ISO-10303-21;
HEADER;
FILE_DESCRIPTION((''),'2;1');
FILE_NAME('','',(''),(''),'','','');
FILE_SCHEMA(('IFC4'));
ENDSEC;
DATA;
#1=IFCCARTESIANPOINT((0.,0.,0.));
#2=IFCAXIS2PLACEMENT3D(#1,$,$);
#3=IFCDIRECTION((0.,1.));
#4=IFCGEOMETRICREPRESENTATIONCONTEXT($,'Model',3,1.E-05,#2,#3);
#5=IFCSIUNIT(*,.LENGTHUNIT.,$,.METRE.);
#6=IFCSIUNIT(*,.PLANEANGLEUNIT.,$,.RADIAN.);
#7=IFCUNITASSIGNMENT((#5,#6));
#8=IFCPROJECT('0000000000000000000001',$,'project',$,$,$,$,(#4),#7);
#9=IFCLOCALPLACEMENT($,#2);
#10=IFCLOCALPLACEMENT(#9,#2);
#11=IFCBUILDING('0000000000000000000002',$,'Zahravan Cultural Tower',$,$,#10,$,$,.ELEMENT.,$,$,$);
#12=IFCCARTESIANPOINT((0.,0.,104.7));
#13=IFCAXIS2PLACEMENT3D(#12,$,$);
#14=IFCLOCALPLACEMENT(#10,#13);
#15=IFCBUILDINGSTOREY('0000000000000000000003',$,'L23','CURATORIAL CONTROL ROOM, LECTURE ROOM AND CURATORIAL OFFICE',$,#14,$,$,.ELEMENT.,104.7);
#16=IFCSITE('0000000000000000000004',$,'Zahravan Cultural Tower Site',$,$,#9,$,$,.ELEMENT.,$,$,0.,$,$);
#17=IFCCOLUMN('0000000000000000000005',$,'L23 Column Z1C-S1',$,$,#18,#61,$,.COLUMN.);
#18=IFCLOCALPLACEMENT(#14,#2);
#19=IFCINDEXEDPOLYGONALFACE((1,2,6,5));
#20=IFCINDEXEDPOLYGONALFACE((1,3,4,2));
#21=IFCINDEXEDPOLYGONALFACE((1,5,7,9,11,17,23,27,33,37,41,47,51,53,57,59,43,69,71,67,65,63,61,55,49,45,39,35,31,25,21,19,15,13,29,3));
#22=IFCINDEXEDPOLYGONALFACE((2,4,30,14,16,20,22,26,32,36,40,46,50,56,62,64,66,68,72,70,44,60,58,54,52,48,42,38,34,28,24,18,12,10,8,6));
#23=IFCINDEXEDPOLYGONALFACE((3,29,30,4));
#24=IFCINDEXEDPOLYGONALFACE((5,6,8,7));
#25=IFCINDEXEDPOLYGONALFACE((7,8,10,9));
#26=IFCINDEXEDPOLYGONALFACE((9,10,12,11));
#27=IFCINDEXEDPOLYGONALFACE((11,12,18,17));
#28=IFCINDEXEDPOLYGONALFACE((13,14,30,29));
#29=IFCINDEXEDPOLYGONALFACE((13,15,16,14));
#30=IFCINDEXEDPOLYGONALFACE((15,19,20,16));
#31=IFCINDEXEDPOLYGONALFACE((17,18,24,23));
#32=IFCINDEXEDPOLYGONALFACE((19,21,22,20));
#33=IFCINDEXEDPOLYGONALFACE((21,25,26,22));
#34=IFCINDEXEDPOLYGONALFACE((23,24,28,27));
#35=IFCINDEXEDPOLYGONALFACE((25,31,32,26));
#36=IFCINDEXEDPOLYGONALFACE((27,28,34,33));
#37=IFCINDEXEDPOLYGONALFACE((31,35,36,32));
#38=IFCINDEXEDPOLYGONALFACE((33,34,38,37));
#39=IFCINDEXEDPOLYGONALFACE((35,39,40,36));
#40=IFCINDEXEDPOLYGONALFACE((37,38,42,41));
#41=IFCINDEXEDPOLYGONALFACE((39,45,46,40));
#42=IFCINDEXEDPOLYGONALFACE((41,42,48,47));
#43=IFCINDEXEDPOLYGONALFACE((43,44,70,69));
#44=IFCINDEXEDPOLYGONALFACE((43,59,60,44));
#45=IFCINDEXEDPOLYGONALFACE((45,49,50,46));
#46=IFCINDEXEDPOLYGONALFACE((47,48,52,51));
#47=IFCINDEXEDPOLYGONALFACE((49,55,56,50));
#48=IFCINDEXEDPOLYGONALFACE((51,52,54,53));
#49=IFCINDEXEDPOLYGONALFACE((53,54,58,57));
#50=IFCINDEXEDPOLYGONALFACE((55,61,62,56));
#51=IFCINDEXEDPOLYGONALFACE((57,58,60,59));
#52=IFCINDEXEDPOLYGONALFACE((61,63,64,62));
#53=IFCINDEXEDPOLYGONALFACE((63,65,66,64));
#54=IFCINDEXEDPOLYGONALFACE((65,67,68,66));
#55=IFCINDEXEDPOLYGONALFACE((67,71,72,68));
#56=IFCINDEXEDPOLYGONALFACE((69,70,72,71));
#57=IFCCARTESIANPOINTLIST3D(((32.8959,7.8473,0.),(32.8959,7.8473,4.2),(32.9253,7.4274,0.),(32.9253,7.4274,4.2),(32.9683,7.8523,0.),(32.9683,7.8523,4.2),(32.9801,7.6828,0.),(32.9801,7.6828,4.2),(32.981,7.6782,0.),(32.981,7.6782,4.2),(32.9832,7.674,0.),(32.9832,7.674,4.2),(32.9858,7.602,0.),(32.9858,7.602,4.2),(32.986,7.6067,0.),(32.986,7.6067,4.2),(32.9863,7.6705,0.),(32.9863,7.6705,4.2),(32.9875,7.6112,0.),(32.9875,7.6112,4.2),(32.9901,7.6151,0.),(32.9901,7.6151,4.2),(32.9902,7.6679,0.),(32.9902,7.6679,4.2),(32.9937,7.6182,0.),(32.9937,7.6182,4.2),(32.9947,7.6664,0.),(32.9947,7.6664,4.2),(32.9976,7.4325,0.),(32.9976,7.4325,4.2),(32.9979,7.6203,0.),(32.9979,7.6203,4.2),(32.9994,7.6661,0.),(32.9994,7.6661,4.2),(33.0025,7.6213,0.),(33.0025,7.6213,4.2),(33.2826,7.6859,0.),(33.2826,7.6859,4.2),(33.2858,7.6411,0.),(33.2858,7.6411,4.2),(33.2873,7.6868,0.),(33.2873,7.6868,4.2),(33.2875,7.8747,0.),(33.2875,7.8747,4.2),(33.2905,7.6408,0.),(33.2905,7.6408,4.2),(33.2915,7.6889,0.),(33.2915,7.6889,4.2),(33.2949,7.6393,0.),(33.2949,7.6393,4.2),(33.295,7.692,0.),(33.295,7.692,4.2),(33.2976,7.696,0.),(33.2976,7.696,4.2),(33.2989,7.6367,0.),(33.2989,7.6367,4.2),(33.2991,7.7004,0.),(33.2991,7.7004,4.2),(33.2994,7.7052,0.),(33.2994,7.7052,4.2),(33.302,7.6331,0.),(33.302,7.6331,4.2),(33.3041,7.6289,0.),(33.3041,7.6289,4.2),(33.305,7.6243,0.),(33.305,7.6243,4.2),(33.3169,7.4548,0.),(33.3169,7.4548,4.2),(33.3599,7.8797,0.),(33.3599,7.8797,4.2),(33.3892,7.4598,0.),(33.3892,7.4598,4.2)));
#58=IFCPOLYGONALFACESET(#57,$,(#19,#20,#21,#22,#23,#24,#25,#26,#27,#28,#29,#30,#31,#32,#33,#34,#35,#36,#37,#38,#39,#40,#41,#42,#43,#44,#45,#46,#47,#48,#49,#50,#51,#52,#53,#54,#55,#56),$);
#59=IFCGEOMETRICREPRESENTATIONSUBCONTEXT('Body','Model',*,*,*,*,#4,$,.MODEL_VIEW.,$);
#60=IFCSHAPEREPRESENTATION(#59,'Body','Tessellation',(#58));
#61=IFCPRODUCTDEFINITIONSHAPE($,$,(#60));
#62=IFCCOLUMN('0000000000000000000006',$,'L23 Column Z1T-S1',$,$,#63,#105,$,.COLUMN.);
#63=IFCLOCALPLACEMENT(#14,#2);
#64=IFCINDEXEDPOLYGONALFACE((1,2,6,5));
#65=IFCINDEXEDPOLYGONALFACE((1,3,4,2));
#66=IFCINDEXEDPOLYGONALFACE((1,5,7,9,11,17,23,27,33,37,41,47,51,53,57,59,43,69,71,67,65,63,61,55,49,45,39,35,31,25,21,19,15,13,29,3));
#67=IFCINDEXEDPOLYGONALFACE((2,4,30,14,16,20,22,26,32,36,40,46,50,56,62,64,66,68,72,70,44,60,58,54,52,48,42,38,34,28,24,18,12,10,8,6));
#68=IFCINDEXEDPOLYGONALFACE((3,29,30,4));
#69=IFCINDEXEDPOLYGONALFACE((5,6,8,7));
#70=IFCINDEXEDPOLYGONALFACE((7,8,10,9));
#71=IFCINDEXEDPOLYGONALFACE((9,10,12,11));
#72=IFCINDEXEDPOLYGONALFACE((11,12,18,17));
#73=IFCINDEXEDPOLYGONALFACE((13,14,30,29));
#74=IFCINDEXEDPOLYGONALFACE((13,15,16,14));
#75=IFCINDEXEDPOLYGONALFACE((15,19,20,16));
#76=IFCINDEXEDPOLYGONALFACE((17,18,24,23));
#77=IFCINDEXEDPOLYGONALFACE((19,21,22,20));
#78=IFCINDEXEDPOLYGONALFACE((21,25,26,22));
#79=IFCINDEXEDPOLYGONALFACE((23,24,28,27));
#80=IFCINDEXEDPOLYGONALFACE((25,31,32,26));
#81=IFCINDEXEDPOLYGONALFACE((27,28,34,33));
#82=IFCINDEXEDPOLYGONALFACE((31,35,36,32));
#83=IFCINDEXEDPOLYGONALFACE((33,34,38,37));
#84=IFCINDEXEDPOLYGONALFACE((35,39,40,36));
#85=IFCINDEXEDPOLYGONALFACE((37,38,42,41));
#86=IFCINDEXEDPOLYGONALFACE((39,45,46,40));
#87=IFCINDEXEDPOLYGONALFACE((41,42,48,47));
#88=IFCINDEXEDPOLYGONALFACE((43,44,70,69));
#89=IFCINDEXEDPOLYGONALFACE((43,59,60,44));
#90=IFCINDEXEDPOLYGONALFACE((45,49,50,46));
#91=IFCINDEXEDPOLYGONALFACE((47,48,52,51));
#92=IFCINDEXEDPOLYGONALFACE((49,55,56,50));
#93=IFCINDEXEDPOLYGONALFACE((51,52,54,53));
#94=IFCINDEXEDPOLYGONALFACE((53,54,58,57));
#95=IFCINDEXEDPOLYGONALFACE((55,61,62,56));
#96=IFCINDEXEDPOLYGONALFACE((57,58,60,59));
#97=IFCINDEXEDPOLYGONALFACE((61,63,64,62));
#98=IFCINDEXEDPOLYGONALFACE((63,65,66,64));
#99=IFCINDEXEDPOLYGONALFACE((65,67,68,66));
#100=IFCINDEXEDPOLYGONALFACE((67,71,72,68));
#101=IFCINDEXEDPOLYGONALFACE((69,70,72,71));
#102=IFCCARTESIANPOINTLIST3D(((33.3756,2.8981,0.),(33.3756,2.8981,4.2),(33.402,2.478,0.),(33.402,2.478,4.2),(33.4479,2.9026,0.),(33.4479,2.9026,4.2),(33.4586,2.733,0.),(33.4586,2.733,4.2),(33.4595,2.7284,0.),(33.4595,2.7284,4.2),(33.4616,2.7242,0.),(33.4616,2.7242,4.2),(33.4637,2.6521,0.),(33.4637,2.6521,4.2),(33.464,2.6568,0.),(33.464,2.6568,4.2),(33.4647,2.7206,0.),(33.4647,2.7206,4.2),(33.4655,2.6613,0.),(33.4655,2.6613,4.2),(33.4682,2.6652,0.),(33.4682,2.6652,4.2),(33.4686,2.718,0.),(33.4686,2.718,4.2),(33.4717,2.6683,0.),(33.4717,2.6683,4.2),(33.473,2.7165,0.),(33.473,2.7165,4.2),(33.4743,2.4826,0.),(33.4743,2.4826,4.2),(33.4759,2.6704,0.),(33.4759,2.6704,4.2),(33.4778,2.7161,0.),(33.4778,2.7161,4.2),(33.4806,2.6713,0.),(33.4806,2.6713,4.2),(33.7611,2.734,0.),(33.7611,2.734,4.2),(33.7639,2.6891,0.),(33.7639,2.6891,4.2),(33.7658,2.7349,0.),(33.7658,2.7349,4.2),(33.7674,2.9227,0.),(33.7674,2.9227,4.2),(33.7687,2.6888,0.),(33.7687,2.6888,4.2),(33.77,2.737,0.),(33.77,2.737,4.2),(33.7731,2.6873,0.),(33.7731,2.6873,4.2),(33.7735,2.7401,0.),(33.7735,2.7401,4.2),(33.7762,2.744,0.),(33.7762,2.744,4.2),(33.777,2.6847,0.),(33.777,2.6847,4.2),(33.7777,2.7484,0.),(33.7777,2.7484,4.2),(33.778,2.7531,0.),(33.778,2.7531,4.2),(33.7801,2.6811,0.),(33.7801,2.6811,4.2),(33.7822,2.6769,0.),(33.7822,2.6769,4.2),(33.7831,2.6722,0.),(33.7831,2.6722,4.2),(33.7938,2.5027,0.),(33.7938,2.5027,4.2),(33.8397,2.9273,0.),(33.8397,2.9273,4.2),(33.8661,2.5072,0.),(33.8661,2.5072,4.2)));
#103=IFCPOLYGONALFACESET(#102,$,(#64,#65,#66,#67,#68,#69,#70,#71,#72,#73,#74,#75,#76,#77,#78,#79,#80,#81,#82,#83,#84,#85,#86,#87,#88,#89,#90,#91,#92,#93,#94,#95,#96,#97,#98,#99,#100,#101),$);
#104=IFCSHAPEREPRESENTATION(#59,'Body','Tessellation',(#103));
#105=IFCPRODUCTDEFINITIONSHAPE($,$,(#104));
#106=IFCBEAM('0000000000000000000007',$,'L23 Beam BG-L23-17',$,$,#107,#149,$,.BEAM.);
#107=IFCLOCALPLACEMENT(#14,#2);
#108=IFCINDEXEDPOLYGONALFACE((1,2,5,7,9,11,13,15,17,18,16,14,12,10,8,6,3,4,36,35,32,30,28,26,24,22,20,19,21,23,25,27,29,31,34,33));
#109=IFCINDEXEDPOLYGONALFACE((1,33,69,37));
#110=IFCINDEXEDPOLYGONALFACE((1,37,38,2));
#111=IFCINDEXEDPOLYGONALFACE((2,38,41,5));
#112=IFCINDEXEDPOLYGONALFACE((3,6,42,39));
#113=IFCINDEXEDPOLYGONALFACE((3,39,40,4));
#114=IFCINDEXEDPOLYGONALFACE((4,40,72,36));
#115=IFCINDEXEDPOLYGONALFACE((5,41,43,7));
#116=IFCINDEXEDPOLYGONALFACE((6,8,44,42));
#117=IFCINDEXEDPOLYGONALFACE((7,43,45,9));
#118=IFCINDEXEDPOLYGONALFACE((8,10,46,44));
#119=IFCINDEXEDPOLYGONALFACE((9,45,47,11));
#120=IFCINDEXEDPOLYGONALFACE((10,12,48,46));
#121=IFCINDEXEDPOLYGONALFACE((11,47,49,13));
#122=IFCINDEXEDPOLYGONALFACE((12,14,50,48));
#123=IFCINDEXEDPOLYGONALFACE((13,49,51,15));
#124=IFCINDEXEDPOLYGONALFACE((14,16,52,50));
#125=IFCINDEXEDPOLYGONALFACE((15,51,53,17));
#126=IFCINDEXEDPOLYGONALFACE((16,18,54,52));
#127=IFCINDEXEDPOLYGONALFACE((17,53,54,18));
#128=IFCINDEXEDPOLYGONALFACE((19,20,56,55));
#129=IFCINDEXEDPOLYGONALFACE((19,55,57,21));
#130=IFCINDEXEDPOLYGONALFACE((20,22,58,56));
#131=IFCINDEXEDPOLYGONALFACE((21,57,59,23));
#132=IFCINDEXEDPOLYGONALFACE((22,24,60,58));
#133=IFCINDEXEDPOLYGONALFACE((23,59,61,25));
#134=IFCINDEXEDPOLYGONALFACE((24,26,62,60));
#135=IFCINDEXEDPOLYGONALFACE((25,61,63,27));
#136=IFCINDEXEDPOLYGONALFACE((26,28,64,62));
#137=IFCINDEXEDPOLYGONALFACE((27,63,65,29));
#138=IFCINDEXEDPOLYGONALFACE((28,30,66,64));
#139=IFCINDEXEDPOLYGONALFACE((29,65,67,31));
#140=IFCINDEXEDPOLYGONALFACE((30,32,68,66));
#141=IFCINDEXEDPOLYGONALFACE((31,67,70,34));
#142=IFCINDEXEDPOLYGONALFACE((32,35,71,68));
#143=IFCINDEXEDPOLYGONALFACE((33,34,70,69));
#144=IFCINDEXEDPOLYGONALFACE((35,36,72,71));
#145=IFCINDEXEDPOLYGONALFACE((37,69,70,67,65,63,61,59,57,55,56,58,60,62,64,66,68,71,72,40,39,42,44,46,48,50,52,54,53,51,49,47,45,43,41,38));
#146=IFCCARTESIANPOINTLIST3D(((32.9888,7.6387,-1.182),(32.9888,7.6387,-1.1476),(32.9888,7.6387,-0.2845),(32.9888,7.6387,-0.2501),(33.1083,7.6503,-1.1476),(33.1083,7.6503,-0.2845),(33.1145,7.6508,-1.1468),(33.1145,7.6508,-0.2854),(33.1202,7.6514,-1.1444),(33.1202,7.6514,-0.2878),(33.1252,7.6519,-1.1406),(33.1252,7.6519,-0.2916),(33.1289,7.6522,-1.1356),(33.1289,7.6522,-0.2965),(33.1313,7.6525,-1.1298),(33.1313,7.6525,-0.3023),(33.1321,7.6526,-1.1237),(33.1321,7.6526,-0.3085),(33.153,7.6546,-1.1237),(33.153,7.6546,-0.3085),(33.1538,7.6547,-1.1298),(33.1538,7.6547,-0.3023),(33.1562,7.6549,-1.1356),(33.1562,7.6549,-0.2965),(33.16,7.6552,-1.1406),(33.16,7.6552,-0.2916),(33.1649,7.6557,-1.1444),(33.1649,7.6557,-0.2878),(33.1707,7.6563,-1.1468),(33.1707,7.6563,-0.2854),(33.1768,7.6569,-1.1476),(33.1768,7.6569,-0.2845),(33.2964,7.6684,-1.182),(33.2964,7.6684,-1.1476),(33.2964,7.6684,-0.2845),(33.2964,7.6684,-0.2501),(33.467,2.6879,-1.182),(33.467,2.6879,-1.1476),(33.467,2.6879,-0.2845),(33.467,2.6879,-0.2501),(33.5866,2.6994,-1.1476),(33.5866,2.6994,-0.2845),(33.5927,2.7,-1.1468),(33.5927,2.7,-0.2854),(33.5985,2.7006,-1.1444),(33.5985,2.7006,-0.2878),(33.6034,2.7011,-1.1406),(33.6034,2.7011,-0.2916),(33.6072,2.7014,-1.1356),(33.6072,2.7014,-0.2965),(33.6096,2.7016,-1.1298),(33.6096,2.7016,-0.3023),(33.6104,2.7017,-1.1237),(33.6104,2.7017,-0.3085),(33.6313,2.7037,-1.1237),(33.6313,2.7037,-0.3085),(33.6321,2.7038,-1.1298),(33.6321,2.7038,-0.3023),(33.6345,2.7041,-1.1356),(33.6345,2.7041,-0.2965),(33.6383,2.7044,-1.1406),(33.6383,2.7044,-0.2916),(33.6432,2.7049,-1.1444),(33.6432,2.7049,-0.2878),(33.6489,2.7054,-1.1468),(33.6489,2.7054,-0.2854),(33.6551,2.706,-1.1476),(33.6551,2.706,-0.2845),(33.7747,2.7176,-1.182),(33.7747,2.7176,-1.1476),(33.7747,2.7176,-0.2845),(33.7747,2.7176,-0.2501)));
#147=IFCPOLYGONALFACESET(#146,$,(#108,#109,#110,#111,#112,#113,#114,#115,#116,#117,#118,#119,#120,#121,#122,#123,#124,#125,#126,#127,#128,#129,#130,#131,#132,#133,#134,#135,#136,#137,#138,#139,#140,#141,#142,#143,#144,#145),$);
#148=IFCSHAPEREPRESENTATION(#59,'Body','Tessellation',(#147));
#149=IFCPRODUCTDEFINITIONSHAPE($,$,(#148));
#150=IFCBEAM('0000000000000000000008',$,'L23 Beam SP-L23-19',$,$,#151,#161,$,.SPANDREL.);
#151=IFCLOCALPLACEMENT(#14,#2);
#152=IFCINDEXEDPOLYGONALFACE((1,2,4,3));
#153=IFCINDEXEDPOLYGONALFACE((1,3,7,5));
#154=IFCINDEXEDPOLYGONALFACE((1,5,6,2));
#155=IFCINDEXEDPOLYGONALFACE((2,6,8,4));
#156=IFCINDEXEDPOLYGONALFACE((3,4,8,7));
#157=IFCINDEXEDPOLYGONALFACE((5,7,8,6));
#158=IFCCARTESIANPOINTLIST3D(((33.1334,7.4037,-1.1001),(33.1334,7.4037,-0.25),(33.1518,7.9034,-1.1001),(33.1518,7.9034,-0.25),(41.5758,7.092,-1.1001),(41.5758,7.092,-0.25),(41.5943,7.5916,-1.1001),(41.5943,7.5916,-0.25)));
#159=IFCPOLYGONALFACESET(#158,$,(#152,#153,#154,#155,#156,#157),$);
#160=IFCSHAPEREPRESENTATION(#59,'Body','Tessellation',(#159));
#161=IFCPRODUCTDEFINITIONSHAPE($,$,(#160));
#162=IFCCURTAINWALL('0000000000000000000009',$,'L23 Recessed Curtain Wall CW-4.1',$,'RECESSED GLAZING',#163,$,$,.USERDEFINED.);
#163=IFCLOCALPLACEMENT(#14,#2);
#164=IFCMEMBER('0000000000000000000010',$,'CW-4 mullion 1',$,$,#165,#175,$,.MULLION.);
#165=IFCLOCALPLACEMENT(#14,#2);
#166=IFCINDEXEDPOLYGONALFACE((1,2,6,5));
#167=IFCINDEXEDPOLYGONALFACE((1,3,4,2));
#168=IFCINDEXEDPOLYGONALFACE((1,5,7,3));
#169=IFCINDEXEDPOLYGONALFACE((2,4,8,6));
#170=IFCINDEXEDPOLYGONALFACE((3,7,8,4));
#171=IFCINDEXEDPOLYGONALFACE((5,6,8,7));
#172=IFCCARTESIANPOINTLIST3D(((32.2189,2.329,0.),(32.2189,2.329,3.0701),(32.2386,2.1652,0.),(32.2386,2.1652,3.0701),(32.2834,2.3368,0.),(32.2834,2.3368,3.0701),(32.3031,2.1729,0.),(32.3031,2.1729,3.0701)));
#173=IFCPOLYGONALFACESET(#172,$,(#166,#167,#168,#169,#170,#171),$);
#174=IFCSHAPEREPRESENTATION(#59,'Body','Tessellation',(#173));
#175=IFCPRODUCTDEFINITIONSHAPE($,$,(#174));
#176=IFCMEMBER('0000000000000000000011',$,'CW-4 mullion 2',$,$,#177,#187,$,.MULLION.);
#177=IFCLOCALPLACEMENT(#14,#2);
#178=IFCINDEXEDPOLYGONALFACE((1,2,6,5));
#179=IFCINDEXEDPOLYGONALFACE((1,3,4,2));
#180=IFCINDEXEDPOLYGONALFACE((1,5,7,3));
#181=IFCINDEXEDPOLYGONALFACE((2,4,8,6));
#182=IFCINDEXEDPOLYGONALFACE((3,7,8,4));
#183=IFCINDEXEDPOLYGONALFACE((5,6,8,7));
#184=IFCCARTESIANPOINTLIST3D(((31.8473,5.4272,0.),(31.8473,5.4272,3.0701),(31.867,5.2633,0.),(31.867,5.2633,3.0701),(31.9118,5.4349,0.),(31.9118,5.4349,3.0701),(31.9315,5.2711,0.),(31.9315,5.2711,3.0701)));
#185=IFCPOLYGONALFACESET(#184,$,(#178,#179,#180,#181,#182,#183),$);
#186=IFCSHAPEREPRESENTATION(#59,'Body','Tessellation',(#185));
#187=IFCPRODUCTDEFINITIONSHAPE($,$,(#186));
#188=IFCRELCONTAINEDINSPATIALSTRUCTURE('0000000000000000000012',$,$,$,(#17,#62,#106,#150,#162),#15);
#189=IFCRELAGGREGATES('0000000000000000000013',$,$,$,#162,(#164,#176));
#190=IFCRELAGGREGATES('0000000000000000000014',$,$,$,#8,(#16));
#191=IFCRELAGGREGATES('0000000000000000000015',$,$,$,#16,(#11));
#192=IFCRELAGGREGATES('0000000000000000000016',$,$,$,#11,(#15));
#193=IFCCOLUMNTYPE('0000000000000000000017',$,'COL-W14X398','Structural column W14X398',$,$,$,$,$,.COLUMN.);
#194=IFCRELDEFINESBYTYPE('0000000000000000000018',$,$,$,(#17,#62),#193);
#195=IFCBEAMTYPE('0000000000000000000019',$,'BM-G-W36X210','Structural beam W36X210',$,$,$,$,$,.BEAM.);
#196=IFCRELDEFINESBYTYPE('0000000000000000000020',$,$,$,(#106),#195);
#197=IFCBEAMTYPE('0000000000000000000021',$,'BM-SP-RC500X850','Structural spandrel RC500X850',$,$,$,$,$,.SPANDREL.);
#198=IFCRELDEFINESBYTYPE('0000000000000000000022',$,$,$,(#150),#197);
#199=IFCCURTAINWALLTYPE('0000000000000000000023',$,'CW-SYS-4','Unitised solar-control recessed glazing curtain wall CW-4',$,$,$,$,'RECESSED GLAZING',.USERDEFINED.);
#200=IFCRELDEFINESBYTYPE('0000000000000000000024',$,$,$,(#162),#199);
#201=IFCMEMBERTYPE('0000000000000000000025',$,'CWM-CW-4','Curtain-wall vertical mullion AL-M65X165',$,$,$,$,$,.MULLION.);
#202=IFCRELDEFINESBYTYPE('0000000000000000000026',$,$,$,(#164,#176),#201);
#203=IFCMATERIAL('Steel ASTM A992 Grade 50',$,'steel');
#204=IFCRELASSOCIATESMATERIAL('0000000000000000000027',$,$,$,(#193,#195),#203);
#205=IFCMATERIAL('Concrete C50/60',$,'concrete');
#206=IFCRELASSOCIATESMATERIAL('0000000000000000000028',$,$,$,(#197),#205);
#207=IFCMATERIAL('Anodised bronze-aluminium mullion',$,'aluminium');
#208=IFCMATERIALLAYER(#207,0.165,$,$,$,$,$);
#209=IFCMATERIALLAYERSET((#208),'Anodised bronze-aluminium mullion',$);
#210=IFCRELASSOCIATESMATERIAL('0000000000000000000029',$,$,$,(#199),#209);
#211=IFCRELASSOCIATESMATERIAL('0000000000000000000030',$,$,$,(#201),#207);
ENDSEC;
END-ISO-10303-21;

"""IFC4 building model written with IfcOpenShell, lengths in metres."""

from ifc_helpers import new_model, si_unit, direction, frame, origin, origin_2d, place, context, subcontext, project, spatial, rectangle, i_section, extrude, source, transform, mapped, material, layer, layer_set, material_profile, profile_set, type_object, element, aggregate, save


model = new_model("IFC4")

# Units and contexts
model_context = context("Model", 3, precision=1e-05, world=origin(), true_north=direction((0.0, 1.0)))
body_context = subcontext(model_context, "Body", "Model", "MODEL_VIEW")
ifc_project = project(units=[si_unit("LENGTHUNIT", "METRE"), si_unit("PLANEANGLEUNIT", "RADIAN")], contexts=[model_context])

# Site, building, storey
site_placement = place(None, origin())
site = spatial("IfcSite", under=ifc_project, at=site_placement, Name="Zahravan Cultural Tower Site", CompositionType="ELEMENT", RefElevation=0.0)
building_placement = place(site_placement, origin())
building = spatial("IfcBuilding", under=site, at=building_placement, Name="Zahravan Cultural Tower", CompositionType="ELEMENT")
storey_placement = place(building_placement, frame((0.0, 0.0, 104.7)))
storey = spatial("IfcBuildingStorey", under=building, at=storey_placement, Name="L23", Description="CURATORIAL CONTROL ROOM, LECTURE ROOM AND CURATORIAL OFFICE", CompositionType="ELEMENT", Elevation=104.7)

# Columns
ifc_material_1 = material(Name="Steel ASTM A992 Grade 50", Category="steel")
ifc_material_profile_1 = material_profile(ifc_material_1, i_section(OverallWidth=0.4209, OverallDepth=0.4651, WebThickness=0.0449, FlangeThickness=0.0725, FilletRadius=0.0181, at=origin_2d()), Name="W14X398")
ifc_profile_set_1 = profile_set([ifc_material_profile_1], Name="Steel ASTM A992 Grade 50")
column_type = type_object("IfcColumnType", Name="COL-W14X398", Description="Structural column W14X398", PredefinedType="COLUMN", material=ifc_profile_set_1)
shared_shape_1 = source(origin(), body_context, "Body", "SweptSolid", [
    extrude(i_section(OverallWidth=0.4209, OverallDepth=0.4651, WebThickness=0.0449, FlangeThickness=0.0725, FilletRadius=0.0181, at=origin_2d()), origin(), (0.0, 0.0, 1.0), 4.2),
])
for number, where, z_axis, x_axis, name in (
    (1, (33.1426, 7.6536, 0.0), (0.0, 0.0, 1.0), (-0.069756, 0.997564, 0.0), "L23 Column Z1C-S1"),
    (2, (33.6208, 2.7026, 0.0), (0.0, 0.0, 1.0), (-0.062791, 0.998027, 0.0), "L23 Column Z1T-S1"),
):
    element("IfcColumn", number, at=place(storey_placement, frame(where, z_axis=z_axis, x_axis=x_axis)), inside=storey, type_object=column_type, Name=name, PredefinedType="COLUMN", context=body_context, shape_type="MappedRepresentation", body=[
        mapped(shared_shape_1, transform((0.0, 0.0, 0.0), x_axis=(1.0, 0.0, 0.0), y_axis=(0.0, 1.0, 0.0), z_axis=(0.0, 0.0, 1.0), scale=1.0)),
    ])

# Beams
ifc_material_profile_2 = material_profile(ifc_material_1, i_section(OverallWidth=0.3091, OverallDepth=0.9319, WebThickness=0.021, FlangeThickness=0.0344, FilletRadius=0.0239, at=origin_2d()), Name="W36X210")
ifc_profile_set_2 = profile_set([ifc_material_profile_2], Name="Steel ASTM A992 Grade 50")
beam_type_1 = type_object("IfcBeamType", Name="BM-G-W36X210", Description="Structural beam W36X210", PredefinedType="BEAM", material=ifc_profile_set_2)
shared_shape_2 = source(origin(), body_context, "Body", "SweptSolid", [
    extrude(i_section(OverallWidth=0.3091, OverallDepth=0.9319, WebThickness=0.021, FlangeThickness=0.0344, FilletRadius=0.0239, at=origin_2d()), origin(), (0.0, 0.0, 1.0), 4.9739),
])
beam_1_placement = place(storey_placement, frame((33.1426, 7.6536, -0.7161), z_axis=(0.096155, -0.995366, 0.0), x_axis=(0.995366, 0.096155, 0.0)))
element("IfcBeam", 3, at=beam_1_placement, inside=storey, type_object=beam_type_1, Name="L23 Beam BG-L23-17", PredefinedType="BEAM", context=body_context, shape_type="MappedRepresentation", body=[
    mapped(shared_shape_2, transform((0.0, 0.0, 0.0), x_axis=(1.0, 0.0, 0.0), y_axis=(0.0, 1.0, 0.0), z_axis=(0.0, 0.0, 1.0), scale=1.0)),
])
ifc_material_2 = material(Name="Concrete C50/60", Category="concrete")
ifc_material_profile_3 = material_profile(ifc_material_2, rectangle(XDim=0.5, YDim=0.8501, at=origin_2d()), Name="RC500X850")
ifc_profile_set_3 = profile_set([ifc_material_profile_3], Name="Concrete C50/60")
beam_type_2 = type_object("IfcBeamType", Name="BM-SP-RC500X850", Description="Structural spandrel RC500X850", PredefinedType="SPANDREL", material=ifc_profile_set_3)
shared_shape_3 = source(origin(), body_context, "Body", "SweptSolid", [
    extrude(rectangle(XDim=0.5, YDim=0.8501, at=origin_2d()), origin(), (0.0, 0.0, 1.0), 8.4482),
])
beam_2_placement = place(storey_placement, frame((33.1426, 7.6536, -0.675), z_axis=(0.999319, -0.036904, 0.0), x_axis=(0.036904, 0.999319, 0.0)))
element("IfcBeam", 4, at=beam_2_placement, inside=storey, type_object=beam_type_2, Name="L23 Beam SP-L23-19", PredefinedType="SPANDREL", context=body_context, shape_type="MappedRepresentation", body=[
    mapped(shared_shape_3, transform((0.0, 0.0, 0.0), x_axis=(1.0, 0.0, 0.0), y_axis=(0.0, 1.0, 0.0), z_axis=(0.0, 0.0, 1.0), scale=1.0)),
])

# Curtain wall, members
ifc_material_3 = material(Name="Anodised bronze-aluminium mullion", Category="aluminium")
ifc_layer_1 = layer(ifc_material_3, 0.165)
ifc_layer_set_1 = layer_set([ifc_layer_1], Name="Anodised bronze-aluminium mullion")
curtain_wall_type = type_object("IfcCurtainWallType", Name="CW-SYS-4", Description="Unitised solar-control recessed glazing curtain wall CW-4", ElementType="RECESSED GLAZING", PredefinedType="USERDEFINED", material=ifc_layer_set_1)
curtain_wall_placement = place(storey_placement, origin())
curtain_wall = element("IfcCurtainWall", 5, at=curtain_wall_placement, inside=storey, type_object=curtain_wall_type, Name="L23 Recessed Curtain Wall CW-4.1", ObjectType="RECESSED GLAZING", PredefinedType="USERDEFINED")
ifc_material_profile_4 = material_profile(ifc_material_3, rectangle(XDim=0.0649, YDim=0.165, at=origin_2d()), Name="AL-M65X165")
ifc_profile_set_4 = profile_set([ifc_material_profile_4], Name="Anodised bronze-aluminium mullion")
member_type_1 = type_object("IfcMemberType", Name="CWM-CW-4", Description="Curtain-wall vertical mullion AL-M65X165", PredefinedType="MULLION", material=ifc_profile_set_4)
shared_shape_4 = source(origin(), body_context, "Body", "SweptSolid", [
    extrude(rectangle(XDim=0.0649, YDim=0.165, at=origin_2d()), origin(), (0.0, 0.0, 1.0), 3.0701),
])
member_1_placement = place(storey_placement, frame((32.261, 2.251, 0.0), z_axis=(0.0, 0.0, 1.0), x_axis=(-0.992883, -0.119095, 0.0)))
member_1 = element("IfcMember", 6, at=member_1_placement, type_object=member_type_1, Name="CW-4 mullion 1", PredefinedType="MULLION", context=body_context, shape_type="MappedRepresentation", body=[
    mapped(shared_shape_4, transform((0.0, 0.0, 0.0), x_axis=(1.0, 0.0, 0.0), y_axis=(0.0, 1.0, 0.0), z_axis=(0.0, 0.0, 1.0), scale=1.0)),
])
member_2_placement = place(storey_placement, frame((31.8894, 5.3491, 0.0), z_axis=(0.0, 0.0, 1.0), x_axis=(-0.992883, -0.119095, 0.0)))
member_2 = element("IfcMember", 7, at=member_2_placement, type_object=member_type_1, Name="CW-4 mullion 2", PredefinedType="MULLION", context=body_context, shape_type="MappedRepresentation", body=[
    mapped(shared_shape_4, transform((0.0, 0.0, 0.0), x_axis=(1.0, 0.0, 0.0), y_axis=(0.0, 1.0, 0.0), z_axis=(0.0, 0.0, 1.0), scale=1.0)),
])
aggregate(curtain_wall, [member_1, member_2])

save(model, "model.ifc")
